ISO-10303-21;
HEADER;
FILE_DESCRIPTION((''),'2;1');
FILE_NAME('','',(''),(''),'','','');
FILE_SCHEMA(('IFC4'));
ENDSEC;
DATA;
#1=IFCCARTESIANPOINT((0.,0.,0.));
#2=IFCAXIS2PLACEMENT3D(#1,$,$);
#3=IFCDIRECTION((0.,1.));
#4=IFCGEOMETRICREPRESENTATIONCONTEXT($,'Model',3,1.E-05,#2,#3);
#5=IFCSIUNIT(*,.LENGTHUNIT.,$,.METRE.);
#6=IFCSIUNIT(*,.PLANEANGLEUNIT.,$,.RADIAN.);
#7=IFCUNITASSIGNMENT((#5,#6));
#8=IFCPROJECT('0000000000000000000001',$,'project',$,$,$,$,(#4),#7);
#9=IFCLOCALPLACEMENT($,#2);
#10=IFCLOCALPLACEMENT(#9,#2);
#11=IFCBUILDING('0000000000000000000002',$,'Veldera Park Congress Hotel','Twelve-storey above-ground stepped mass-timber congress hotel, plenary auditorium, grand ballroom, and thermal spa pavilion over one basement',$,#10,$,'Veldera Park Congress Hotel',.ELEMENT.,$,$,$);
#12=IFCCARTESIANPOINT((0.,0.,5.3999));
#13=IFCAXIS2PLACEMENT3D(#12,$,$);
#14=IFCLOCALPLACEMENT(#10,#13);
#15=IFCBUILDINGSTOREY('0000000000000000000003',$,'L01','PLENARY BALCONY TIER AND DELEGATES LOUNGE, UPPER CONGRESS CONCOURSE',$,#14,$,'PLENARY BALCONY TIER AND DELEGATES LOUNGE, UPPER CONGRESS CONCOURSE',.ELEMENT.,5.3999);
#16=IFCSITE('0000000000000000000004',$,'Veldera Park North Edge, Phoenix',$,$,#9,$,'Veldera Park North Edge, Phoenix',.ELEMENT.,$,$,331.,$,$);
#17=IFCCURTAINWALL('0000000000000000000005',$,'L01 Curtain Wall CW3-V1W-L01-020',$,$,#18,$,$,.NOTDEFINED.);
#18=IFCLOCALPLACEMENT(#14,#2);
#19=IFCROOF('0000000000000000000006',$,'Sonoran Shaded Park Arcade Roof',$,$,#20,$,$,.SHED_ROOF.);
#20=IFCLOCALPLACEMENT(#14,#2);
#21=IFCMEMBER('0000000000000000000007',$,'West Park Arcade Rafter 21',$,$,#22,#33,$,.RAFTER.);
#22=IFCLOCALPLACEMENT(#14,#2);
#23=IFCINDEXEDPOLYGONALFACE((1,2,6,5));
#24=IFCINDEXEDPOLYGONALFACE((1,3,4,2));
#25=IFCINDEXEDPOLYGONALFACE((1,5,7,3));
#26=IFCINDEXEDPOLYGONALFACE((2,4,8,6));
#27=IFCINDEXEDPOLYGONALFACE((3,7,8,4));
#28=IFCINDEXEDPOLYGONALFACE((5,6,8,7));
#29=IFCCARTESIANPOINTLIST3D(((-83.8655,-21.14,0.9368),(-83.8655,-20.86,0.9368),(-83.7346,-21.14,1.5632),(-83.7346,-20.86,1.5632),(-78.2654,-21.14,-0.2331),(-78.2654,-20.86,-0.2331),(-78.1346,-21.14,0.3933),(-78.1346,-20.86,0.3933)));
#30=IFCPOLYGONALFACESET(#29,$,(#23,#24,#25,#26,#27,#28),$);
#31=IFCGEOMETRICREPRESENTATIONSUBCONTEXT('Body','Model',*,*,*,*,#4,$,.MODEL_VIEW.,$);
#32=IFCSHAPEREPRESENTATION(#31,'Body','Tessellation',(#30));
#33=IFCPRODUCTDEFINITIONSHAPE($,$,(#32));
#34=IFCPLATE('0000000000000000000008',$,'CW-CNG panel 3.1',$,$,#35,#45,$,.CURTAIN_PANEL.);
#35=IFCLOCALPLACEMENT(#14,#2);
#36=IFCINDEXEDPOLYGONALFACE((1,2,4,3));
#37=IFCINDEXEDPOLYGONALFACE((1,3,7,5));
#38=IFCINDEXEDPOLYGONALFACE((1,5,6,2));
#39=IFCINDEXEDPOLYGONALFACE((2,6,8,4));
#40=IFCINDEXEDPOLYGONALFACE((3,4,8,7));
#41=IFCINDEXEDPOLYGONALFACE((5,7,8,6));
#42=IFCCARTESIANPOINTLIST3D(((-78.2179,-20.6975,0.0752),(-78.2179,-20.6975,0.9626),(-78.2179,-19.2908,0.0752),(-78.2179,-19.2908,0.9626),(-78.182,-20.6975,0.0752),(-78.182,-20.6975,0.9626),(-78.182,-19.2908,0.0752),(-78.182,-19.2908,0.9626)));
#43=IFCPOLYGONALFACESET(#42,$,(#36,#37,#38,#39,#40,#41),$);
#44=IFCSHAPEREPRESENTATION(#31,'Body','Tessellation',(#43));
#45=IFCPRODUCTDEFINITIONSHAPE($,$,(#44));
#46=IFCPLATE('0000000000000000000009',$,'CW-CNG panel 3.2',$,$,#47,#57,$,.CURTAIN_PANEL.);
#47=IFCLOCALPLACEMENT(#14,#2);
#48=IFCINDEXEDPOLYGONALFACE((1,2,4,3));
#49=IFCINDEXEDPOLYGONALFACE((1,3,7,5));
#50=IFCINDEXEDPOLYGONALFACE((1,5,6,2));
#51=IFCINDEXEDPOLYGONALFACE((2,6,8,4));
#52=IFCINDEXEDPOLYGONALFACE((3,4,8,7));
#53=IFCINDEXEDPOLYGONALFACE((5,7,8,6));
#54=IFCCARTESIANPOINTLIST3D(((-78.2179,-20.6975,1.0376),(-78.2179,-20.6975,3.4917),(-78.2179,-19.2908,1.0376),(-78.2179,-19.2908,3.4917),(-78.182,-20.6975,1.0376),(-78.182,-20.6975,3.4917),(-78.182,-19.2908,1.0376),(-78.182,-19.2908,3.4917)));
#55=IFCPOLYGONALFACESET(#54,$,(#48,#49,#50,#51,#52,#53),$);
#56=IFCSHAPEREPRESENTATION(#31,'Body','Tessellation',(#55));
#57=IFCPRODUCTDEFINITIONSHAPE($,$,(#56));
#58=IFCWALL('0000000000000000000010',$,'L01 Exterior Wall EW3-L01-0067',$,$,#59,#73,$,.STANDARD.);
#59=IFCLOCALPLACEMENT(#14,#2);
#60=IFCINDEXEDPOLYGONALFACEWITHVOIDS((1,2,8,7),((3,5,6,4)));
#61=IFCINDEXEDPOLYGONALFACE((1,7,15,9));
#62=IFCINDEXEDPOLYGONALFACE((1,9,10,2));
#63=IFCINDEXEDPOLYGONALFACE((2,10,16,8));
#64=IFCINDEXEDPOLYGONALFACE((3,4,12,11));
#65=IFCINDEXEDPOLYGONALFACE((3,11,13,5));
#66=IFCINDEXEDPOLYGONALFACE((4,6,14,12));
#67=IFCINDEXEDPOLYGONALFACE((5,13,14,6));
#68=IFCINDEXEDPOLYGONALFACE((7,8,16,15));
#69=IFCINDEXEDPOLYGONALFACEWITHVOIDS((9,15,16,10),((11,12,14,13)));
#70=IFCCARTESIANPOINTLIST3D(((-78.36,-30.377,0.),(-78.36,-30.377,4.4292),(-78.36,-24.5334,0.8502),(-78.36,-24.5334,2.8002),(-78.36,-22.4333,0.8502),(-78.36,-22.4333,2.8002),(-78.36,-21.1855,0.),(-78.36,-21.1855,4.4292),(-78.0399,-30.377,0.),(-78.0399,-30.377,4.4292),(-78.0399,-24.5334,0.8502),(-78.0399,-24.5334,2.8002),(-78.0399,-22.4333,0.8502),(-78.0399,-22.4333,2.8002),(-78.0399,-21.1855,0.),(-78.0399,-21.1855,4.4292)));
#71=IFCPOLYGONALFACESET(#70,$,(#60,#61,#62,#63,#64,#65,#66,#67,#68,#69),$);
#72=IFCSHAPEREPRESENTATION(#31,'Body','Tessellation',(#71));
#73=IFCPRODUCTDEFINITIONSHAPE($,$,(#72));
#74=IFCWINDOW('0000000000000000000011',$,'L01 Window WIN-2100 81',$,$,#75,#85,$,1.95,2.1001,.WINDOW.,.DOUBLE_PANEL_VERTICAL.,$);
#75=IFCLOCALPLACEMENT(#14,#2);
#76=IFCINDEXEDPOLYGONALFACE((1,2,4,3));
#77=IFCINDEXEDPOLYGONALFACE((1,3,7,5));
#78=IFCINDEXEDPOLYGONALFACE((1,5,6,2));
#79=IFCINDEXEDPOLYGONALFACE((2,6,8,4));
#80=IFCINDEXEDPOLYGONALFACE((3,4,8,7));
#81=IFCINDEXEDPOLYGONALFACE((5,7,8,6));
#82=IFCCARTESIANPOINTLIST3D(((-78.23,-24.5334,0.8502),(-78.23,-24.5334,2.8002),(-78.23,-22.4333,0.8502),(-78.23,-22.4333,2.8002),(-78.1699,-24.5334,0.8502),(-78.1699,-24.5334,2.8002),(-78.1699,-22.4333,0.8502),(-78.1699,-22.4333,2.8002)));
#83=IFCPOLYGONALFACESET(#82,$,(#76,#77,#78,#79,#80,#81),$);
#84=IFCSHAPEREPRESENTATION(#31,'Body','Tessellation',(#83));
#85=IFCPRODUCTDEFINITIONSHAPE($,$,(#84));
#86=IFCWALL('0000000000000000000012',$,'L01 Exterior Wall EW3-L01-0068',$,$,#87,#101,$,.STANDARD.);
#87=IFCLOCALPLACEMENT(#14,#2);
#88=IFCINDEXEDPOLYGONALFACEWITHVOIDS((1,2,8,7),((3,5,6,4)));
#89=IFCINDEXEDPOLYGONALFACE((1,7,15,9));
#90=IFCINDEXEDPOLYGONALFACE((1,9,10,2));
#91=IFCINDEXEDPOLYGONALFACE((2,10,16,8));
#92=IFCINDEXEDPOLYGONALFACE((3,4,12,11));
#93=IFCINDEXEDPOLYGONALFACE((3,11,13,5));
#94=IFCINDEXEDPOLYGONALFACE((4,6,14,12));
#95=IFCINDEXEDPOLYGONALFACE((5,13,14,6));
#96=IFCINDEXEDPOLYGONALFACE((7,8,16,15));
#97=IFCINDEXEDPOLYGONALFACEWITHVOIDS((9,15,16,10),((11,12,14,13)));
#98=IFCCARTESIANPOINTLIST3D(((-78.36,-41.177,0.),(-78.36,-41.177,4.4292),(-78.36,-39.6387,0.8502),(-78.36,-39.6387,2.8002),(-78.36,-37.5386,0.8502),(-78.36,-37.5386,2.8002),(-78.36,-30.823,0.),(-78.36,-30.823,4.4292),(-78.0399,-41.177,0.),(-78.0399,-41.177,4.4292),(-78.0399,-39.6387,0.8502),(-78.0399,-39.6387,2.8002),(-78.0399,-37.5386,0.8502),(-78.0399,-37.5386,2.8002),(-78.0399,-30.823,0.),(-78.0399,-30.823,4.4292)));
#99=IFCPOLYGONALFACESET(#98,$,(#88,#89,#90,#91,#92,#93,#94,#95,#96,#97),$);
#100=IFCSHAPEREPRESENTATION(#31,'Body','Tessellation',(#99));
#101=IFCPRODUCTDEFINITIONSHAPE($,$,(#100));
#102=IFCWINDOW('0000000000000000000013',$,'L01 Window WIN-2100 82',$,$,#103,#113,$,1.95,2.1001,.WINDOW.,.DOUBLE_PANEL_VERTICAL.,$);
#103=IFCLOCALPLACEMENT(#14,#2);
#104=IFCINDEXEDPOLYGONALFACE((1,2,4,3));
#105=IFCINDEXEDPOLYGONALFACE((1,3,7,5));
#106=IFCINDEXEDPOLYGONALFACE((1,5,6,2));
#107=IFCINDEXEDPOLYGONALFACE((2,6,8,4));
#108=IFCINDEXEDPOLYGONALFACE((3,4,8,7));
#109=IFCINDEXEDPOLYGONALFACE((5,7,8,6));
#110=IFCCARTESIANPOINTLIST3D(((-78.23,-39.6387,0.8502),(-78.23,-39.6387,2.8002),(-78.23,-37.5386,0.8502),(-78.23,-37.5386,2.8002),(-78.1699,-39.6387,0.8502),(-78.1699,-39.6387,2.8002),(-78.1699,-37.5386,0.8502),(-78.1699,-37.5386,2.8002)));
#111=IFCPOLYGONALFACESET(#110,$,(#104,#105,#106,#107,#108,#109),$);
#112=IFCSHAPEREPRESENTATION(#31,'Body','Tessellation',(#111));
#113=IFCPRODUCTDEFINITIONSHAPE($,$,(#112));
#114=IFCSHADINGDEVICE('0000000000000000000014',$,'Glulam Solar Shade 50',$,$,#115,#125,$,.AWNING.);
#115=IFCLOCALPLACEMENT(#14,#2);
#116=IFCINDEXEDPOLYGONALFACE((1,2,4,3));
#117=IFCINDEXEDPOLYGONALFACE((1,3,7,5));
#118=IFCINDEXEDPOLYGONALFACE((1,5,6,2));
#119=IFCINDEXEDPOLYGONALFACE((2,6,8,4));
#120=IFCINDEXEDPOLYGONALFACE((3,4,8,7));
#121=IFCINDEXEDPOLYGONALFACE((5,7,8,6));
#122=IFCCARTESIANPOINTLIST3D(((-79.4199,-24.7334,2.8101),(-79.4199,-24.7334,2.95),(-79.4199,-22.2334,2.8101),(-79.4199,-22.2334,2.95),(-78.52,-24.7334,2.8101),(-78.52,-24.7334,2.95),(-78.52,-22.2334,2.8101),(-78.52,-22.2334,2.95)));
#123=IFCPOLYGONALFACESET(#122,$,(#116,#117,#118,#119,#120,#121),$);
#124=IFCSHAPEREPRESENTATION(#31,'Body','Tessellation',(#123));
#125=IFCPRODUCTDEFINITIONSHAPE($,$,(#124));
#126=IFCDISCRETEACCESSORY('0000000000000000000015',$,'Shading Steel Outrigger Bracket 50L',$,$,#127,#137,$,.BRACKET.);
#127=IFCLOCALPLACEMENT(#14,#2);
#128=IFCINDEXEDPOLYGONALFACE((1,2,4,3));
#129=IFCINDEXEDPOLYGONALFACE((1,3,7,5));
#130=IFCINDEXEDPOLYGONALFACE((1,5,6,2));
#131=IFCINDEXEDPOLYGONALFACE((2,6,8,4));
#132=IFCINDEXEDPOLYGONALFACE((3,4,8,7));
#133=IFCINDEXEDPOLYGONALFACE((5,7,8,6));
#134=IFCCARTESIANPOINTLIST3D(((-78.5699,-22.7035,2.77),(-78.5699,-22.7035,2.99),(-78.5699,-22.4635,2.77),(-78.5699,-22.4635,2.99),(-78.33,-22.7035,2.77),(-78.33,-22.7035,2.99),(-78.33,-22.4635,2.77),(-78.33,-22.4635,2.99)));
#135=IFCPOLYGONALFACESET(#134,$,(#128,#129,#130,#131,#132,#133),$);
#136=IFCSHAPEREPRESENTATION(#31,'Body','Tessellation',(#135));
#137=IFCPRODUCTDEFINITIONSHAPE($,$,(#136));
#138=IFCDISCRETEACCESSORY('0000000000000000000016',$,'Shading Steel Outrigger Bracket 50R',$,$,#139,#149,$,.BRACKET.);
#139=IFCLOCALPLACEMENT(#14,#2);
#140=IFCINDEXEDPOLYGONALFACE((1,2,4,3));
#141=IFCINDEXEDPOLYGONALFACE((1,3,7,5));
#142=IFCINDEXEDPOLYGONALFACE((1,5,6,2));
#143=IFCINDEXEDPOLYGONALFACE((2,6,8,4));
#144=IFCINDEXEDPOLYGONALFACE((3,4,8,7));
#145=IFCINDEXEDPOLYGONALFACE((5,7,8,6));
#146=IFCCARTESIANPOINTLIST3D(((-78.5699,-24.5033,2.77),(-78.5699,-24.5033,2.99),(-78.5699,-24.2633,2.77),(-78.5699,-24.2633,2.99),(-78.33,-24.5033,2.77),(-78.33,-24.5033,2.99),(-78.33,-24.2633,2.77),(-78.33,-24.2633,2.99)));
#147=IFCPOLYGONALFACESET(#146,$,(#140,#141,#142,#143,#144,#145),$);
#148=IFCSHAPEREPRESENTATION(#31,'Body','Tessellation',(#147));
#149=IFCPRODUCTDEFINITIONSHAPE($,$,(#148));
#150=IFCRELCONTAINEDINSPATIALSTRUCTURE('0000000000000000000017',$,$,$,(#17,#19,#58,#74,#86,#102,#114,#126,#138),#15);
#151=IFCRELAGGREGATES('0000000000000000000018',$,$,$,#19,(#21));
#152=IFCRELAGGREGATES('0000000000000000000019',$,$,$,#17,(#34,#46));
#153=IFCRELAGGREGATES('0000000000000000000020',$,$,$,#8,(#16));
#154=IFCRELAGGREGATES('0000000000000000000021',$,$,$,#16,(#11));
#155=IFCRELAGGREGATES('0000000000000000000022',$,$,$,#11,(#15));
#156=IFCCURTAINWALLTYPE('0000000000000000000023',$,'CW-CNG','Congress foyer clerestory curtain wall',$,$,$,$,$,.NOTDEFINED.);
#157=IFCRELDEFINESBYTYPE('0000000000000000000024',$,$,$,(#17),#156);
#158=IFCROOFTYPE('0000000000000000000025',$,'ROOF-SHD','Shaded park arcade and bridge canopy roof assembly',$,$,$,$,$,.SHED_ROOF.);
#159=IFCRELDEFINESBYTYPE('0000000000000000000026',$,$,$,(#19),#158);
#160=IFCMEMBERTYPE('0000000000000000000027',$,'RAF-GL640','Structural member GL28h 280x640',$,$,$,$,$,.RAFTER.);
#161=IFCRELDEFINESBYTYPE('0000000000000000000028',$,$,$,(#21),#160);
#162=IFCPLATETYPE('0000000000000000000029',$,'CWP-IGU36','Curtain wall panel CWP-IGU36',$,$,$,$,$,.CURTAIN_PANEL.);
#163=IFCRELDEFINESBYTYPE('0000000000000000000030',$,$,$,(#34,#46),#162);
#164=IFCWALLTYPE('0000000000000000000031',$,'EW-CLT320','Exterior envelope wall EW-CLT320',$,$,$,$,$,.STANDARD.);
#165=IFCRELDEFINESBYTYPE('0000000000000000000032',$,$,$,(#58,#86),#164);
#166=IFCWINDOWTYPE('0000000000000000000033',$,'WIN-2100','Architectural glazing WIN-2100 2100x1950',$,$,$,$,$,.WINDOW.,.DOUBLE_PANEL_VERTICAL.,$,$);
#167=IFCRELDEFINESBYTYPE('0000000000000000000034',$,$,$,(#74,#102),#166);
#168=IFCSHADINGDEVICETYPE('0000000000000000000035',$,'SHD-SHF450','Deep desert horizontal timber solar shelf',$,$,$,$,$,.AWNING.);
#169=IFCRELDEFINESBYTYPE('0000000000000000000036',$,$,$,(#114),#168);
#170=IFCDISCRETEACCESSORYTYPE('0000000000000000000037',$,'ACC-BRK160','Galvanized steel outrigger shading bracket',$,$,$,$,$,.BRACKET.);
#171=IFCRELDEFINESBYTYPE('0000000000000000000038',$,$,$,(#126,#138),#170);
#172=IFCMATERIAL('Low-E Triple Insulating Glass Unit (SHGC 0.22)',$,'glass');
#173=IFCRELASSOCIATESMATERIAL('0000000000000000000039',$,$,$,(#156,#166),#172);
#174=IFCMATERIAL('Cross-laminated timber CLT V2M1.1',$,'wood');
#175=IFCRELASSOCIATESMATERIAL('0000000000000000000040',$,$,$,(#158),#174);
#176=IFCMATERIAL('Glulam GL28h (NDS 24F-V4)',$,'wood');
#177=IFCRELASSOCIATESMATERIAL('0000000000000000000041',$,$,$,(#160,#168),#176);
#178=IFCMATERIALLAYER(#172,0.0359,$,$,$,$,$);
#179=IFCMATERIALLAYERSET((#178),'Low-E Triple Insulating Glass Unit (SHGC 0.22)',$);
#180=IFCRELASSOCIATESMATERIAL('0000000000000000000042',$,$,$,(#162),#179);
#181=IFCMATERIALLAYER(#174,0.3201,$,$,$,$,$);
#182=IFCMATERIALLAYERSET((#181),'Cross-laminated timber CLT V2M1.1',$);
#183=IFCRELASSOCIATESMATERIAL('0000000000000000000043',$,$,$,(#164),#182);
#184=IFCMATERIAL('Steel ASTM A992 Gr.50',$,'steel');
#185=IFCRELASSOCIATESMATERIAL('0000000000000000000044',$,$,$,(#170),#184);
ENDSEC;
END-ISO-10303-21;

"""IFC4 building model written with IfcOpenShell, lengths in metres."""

from ifc_helpers import new_model, si_unit, direction, frame, frame_2d, origin, origin_2d, place, context, subcontext, project, spatial, rectangle, extrude, material, layer, layer_set, material_profile, profile_set, type_object, element, fill, aggregate, save


model = new_model("IFC4")

# Units and contexts
model_context = context("Model", 3, precision=1e-05, world=origin(), true_north=direction((0.0, 1.0)))
body_context = subcontext(model_context, "Body", "Model", "MODEL_VIEW")
ifc_project = project(units=[si_unit("LENGTHUNIT", "METRE"), si_unit("PLANEANGLEUNIT", "RADIAN")], contexts=[model_context])

# Site, building, storey
site_placement = place(None, origin())
site = spatial("IfcSite", under=ifc_project, at=site_placement, Name="Veldera Park North Edge, Phoenix", LongName="Veldera Park North Edge, Phoenix", CompositionType="ELEMENT", RefElevation=331.0)
building_placement = place(site_placement, origin())
building = spatial("IfcBuilding", under=site, at=building_placement, Name="Veldera Park Congress Hotel", Description="Twelve-storey above-ground stepped mass-timber congress hotel, plenary auditorium, grand ballroom, and thermal spa pavilion over one basement", LongName="Veldera Park Congress Hotel", CompositionType="ELEMENT")
storey_placement = place(building_placement, frame((0.0, 0.0, 5.3999)))
storey = spatial("IfcBuildingStorey", under=building, at=storey_placement, Name="L01", Description="PLENARY BALCONY TIER AND DELEGATES LOUNGE, UPPER CONGRESS CONCOURSE", LongName="PLENARY BALCONY TIER AND DELEGATES LOUNGE, UPPER CONGRESS CONCOURSE", CompositionType="ELEMENT", Elevation=5.3999)

# Shared definitions
ifc_material_1 = material(Name="Glulam GL28h (NDS 24F-V4)", Category="wood")
ifc_material_2 = material(Name="Steel ASTM A992 Gr.50", Category="steel")

# Curtain wall
ifc_material_3 = material(Name="Low-E Triple Insulating Glass Unit (SHGC 0.22)", Category="glass")
curtain_wall_type = type_object("IfcCurtainWallType", Name="CW-CNG", Description="Congress foyer clerestory curtain wall", PredefinedType="NOTDEFINED", material=ifc_material_3)
curtain_wall_placement = place(storey_placement, origin())
curtain_wall = element("IfcCurtainWall", 1, at=curtain_wall_placement, inside=storey, type_object=curtain_wall_type, Name="L01 Curtain Wall CW3-V1W-L01-020", PredefinedType="NOTDEFINED")

# Roof, member
ifc_material_4 = material(Name="Cross-laminated timber CLT V2M1.1", Category="wood")
roof_type = type_object("IfcRoofType", Name="ROOF-SHD", Description="Shaded park arcade and bridge canopy roof assembly", PredefinedType="SHED_ROOF", material=ifc_material_4)
roof_placement = place(storey_placement, origin())
roof = element("IfcRoof", 2, at=roof_placement, inside=storey, type_object=roof_type, Name="Sonoran Shaded Park Arcade Roof", PredefinedType="SHED_ROOF")
ifc_material_profile_1 = material_profile(ifc_material_1, rectangle(XDim=0.28, YDim=0.6399, at=origin_2d()), Name="GL28h 280x640")
ifc_profile_set_1 = profile_set([ifc_material_profile_1], Name="Glulam GL28h (NDS 24F-V4)")
member_type_1 = type_object("IfcMemberType", Name="RAF-GL640", Description="Structural member GL28h 280x640", PredefinedType="RAFTER", material=ifc_profile_set_1)
member_1_placement = place(storey_placement, frame((-83.8, -21.0, 1.25), z_axis=(0.978867, 0.0, -0.204496), x_axis=(0.0, 1.0, 0.0)))
member_1 = element("IfcMember", 3, at=member_1_placement, type_object=member_type_1, Name="West Park Arcade Rafter 21", PredefinedType="RAFTER", context=body_context, shape_type="SweptSolid", body=[
    extrude(rectangle(XDim=0.28, YDim=0.6399, at=origin_2d()), origin(), (0.0, 0.0, 1.0), 5.7209),
])
aggregate(roof, [member_1])

# Plates
ifc_layer_1 = layer(ifc_material_3, 0.0359)
ifc_layer_set_1 = layer_set([ifc_layer_1], Name="Low-E Triple Insulating Glass Unit (SHGC 0.22)")
plate_type = type_object("IfcPlateType", Name="CWP-IGU36", Description="Curtain wall panel CWP-IGU36", PredefinedType="CURTAIN_PANEL", material=ifc_layer_set_1)
plate_1_placement = place(storey_placement, frame((-78.2, -19.9941, 0.0752), z_axis=(0.0, 0.0, 1.0), x_axis=(0.0, -1.0, 0.0)))
plate_1 = element("IfcPlate", 4, at=plate_1_placement, type_object=plate_type, Name="CW-CNG panel 3.1", PredefinedType="CURTAIN_PANEL", context=body_context, shape_type="SweptSolid", body=[
    extrude(rectangle(XDim=1.4067, YDim=0.0359, at=origin_2d()), origin(), (0.0, 0.0, 1.0), 0.8875),
])
plate_2_placement = place(storey_placement, frame((-78.2, -19.9941, 1.0376), z_axis=(0.0, 0.0, 1.0), x_axis=(0.0, -1.0, 0.0)))
plate_2 = element("IfcPlate", 5, at=plate_2_placement, type_object=plate_type, Name="CW-CNG panel 3.2", PredefinedType="CURTAIN_PANEL", context=body_context, shape_type="SweptSolid", body=[
    extrude(rectangle(XDim=1.4067, YDim=0.0359, at=origin_2d()), origin(), (0.0, 0.0, 1.0), 2.4541),
])
aggregate(curtain_wall, [plate_1, plate_2])

# Walls, openings, windows
ifc_layer_2 = layer(ifc_material_4, 0.3201)
ifc_layer_set_2 = layer_set([ifc_layer_2], Name="Cross-laminated timber CLT V2M1.1")
wall_type = type_object("IfcWallType", Name="EW-CLT320", Description="Exterior envelope wall EW-CLT320", PredefinedType="STANDARD", material=ifc_layer_set_2)
wall_1_placement = place(storey_placement, frame((-78.2, -21.1855, 0.0), z_axis=(0.0, 0.0, 1.0), x_axis=(0.0, -1.0, 0.0)))
wall_1 = element("IfcWall", 6, at=wall_1_placement, inside=storey, type_object=wall_type, Name="L01 Exterior Wall EW3-L01-0067", PredefinedType="STANDARD", context=body_context, shape_type="SweptSolid", body=[
    extrude(rectangle(XDim=9.1914, YDim=0.3201, at=frame_2d((4.5957, 0.0))), origin(), (0.0, 0.0, 1.0), 4.4292),
])
opening_1_placement = place(wall_1_placement, frame((1.2478, 0.0, 0.8501)))
opening_1 = element("IfcOpeningElement", 7, at=opening_1_placement, cuts=wall_1, PredefinedType="OPENING", context=body_context, shape_type="SweptSolid", body=[
    extrude(rectangle(XDim=2.1001, YDim=1.95, at=frame_2d((1.05, 0.9751))), frame((0.0, 0.1721, 0.0), z_axis=(0.0, -1.0, 0.0), x_axis=(1.0, 0.0, 0.0)), (0.0, 0.0, 1.0), 0.344),
])
window_type = type_object("IfcWindowType", Name="WIN-2100", Description="Architectural glazing WIN-2100 2100x1950", PartitioningType="DOUBLE_PANEL_VERTICAL", PredefinedType="WINDOW", material=ifc_material_3)
window_1_placement = place(opening_1_placement, origin())
window_1 = element("IfcWindow", 8, at=window_1_placement, inside=storey, type_object=window_type, Name="L01 Window WIN-2100 81", OverallHeight=1.95, OverallWidth=2.1001, PartitioningType="DOUBLE_PANEL_VERTICAL", PredefinedType="WINDOW", context=body_context, shape_type="SweptSolid", body=[
    extrude(rectangle(XDim=2.1001, YDim=1.95, at=frame_2d((1.05, 0.9751))), frame((0.0, 0.03, 0.0), z_axis=(0.0, -1.0, 0.0), x_axis=(1.0, 0.0, 0.0)), (0.0, 0.0, 1.0), 0.0601),
])
fill(opening_1, window_1)
wall_2_placement = place(storey_placement, frame((-78.2, -30.823, 0.0), z_axis=(0.0, 0.0, 1.0), x_axis=(0.0, -1.0, 0.0)))
wall_2 = element("IfcWall", 9, at=wall_2_placement, inside=storey, type_object=wall_type, Name="L01 Exterior Wall EW3-L01-0068", PredefinedType="STANDARD", context=body_context, shape_type="SweptSolid", body=[
    extrude(rectangle(XDim=10.354, YDim=0.3201, at=frame_2d((5.177, 0.0))), origin(), (0.0, 0.0, 1.0), 4.4292),
])
opening_2_placement = place(wall_2_placement, frame((6.7156, 0.0, 0.8501)))
opening_2 = element("IfcOpeningElement", 10, at=opening_2_placement, cuts=wall_2, PredefinedType="OPENING", context=body_context, shape_type="SweptSolid", body=[
    extrude(rectangle(XDim=2.1001, YDim=1.95, at=frame_2d((1.05, 0.9751))), frame((0.0, 0.1721, 0.0), z_axis=(0.0, -1.0, 0.0), x_axis=(1.0, 0.0, 0.0)), (0.0, 0.0, 1.0), 0.344),
])
window_2_placement = place(opening_2_placement, origin())
window_2 = element("IfcWindow", 11, at=window_2_placement, inside=storey, type_object=window_type, Name="L01 Window WIN-2100 82", OverallHeight=1.95, OverallWidth=2.1001, PartitioningType="DOUBLE_PANEL_VERTICAL", PredefinedType="WINDOW", context=body_context, shape_type="SweptSolid", body=[
    extrude(rectangle(XDim=2.1001, YDim=1.95, at=frame_2d((1.05, 0.9751))), frame((0.0, 0.03, 0.0), z_axis=(0.0, -1.0, 0.0), x_axis=(1.0, 0.0, 0.0)), (0.0, 0.0, 1.0), 0.0601),
])
fill(opening_2, window_2)

# Shading device
shading_device_type = type_object("IfcShadingDeviceType", Name="SHD-SHF450", Description="Deep desert horizontal timber solar shelf", PredefinedType="AWNING", material=ifc_material_1)
shading_device_placement = place(storey_placement, frame((-78.97, -23.4834, 2.8101), z_axis=(0.0, 0.0, 1.0), x_axis=(0.0, -1.0, 0.0)))
element("IfcShadingDevice", 12, at=shading_device_placement, inside=storey, type_object=shading_device_type, Name="Glulam Solar Shade 50", PredefinedType="AWNING", context=body_context, shape_type="SweptSolid", body=[
    extrude(rectangle(XDim=2.5, YDim=0.8999, at=origin_2d()), origin(), (0.0, 0.0, 1.0), 0.1399),
])

# Discrete accessories
discrete_accessory_type = type_object("IfcDiscreteAccessoryType", Name="ACC-BRK160", Description="Galvanized steel outrigger shading bracket", PredefinedType="BRACKET", material=ifc_material_2)
for number, where, z_axis, x_axis, name in (
    (13, (-78.45, -22.5835, 2.77), (0.0, 0.0, 1.0), (0.0, -1.0, 0.0), "Shading Steel Outrigger Bracket 50L"),
    (14, (-78.45, -24.3833, 2.77), (0.0, 0.0, 1.0), (0.0, -1.0, 0.0), "Shading Steel Outrigger Bracket 50R"),
):
    element("IfcDiscreteAccessory", number, at=place(storey_placement, frame(where, z_axis=z_axis, x_axis=x_axis)), inside=storey, type_object=discrete_accessory_type, Name=name, PredefinedType="BRACKET", context=body_context, shape_type="SweptSolid", body=[
        extrude(rectangle(XDim=0.24, YDim=0.24, at=origin_2d()), origin(), (0.0, 0.0, 1.0), 0.22),
    ])

save(model, "model.ifc")
